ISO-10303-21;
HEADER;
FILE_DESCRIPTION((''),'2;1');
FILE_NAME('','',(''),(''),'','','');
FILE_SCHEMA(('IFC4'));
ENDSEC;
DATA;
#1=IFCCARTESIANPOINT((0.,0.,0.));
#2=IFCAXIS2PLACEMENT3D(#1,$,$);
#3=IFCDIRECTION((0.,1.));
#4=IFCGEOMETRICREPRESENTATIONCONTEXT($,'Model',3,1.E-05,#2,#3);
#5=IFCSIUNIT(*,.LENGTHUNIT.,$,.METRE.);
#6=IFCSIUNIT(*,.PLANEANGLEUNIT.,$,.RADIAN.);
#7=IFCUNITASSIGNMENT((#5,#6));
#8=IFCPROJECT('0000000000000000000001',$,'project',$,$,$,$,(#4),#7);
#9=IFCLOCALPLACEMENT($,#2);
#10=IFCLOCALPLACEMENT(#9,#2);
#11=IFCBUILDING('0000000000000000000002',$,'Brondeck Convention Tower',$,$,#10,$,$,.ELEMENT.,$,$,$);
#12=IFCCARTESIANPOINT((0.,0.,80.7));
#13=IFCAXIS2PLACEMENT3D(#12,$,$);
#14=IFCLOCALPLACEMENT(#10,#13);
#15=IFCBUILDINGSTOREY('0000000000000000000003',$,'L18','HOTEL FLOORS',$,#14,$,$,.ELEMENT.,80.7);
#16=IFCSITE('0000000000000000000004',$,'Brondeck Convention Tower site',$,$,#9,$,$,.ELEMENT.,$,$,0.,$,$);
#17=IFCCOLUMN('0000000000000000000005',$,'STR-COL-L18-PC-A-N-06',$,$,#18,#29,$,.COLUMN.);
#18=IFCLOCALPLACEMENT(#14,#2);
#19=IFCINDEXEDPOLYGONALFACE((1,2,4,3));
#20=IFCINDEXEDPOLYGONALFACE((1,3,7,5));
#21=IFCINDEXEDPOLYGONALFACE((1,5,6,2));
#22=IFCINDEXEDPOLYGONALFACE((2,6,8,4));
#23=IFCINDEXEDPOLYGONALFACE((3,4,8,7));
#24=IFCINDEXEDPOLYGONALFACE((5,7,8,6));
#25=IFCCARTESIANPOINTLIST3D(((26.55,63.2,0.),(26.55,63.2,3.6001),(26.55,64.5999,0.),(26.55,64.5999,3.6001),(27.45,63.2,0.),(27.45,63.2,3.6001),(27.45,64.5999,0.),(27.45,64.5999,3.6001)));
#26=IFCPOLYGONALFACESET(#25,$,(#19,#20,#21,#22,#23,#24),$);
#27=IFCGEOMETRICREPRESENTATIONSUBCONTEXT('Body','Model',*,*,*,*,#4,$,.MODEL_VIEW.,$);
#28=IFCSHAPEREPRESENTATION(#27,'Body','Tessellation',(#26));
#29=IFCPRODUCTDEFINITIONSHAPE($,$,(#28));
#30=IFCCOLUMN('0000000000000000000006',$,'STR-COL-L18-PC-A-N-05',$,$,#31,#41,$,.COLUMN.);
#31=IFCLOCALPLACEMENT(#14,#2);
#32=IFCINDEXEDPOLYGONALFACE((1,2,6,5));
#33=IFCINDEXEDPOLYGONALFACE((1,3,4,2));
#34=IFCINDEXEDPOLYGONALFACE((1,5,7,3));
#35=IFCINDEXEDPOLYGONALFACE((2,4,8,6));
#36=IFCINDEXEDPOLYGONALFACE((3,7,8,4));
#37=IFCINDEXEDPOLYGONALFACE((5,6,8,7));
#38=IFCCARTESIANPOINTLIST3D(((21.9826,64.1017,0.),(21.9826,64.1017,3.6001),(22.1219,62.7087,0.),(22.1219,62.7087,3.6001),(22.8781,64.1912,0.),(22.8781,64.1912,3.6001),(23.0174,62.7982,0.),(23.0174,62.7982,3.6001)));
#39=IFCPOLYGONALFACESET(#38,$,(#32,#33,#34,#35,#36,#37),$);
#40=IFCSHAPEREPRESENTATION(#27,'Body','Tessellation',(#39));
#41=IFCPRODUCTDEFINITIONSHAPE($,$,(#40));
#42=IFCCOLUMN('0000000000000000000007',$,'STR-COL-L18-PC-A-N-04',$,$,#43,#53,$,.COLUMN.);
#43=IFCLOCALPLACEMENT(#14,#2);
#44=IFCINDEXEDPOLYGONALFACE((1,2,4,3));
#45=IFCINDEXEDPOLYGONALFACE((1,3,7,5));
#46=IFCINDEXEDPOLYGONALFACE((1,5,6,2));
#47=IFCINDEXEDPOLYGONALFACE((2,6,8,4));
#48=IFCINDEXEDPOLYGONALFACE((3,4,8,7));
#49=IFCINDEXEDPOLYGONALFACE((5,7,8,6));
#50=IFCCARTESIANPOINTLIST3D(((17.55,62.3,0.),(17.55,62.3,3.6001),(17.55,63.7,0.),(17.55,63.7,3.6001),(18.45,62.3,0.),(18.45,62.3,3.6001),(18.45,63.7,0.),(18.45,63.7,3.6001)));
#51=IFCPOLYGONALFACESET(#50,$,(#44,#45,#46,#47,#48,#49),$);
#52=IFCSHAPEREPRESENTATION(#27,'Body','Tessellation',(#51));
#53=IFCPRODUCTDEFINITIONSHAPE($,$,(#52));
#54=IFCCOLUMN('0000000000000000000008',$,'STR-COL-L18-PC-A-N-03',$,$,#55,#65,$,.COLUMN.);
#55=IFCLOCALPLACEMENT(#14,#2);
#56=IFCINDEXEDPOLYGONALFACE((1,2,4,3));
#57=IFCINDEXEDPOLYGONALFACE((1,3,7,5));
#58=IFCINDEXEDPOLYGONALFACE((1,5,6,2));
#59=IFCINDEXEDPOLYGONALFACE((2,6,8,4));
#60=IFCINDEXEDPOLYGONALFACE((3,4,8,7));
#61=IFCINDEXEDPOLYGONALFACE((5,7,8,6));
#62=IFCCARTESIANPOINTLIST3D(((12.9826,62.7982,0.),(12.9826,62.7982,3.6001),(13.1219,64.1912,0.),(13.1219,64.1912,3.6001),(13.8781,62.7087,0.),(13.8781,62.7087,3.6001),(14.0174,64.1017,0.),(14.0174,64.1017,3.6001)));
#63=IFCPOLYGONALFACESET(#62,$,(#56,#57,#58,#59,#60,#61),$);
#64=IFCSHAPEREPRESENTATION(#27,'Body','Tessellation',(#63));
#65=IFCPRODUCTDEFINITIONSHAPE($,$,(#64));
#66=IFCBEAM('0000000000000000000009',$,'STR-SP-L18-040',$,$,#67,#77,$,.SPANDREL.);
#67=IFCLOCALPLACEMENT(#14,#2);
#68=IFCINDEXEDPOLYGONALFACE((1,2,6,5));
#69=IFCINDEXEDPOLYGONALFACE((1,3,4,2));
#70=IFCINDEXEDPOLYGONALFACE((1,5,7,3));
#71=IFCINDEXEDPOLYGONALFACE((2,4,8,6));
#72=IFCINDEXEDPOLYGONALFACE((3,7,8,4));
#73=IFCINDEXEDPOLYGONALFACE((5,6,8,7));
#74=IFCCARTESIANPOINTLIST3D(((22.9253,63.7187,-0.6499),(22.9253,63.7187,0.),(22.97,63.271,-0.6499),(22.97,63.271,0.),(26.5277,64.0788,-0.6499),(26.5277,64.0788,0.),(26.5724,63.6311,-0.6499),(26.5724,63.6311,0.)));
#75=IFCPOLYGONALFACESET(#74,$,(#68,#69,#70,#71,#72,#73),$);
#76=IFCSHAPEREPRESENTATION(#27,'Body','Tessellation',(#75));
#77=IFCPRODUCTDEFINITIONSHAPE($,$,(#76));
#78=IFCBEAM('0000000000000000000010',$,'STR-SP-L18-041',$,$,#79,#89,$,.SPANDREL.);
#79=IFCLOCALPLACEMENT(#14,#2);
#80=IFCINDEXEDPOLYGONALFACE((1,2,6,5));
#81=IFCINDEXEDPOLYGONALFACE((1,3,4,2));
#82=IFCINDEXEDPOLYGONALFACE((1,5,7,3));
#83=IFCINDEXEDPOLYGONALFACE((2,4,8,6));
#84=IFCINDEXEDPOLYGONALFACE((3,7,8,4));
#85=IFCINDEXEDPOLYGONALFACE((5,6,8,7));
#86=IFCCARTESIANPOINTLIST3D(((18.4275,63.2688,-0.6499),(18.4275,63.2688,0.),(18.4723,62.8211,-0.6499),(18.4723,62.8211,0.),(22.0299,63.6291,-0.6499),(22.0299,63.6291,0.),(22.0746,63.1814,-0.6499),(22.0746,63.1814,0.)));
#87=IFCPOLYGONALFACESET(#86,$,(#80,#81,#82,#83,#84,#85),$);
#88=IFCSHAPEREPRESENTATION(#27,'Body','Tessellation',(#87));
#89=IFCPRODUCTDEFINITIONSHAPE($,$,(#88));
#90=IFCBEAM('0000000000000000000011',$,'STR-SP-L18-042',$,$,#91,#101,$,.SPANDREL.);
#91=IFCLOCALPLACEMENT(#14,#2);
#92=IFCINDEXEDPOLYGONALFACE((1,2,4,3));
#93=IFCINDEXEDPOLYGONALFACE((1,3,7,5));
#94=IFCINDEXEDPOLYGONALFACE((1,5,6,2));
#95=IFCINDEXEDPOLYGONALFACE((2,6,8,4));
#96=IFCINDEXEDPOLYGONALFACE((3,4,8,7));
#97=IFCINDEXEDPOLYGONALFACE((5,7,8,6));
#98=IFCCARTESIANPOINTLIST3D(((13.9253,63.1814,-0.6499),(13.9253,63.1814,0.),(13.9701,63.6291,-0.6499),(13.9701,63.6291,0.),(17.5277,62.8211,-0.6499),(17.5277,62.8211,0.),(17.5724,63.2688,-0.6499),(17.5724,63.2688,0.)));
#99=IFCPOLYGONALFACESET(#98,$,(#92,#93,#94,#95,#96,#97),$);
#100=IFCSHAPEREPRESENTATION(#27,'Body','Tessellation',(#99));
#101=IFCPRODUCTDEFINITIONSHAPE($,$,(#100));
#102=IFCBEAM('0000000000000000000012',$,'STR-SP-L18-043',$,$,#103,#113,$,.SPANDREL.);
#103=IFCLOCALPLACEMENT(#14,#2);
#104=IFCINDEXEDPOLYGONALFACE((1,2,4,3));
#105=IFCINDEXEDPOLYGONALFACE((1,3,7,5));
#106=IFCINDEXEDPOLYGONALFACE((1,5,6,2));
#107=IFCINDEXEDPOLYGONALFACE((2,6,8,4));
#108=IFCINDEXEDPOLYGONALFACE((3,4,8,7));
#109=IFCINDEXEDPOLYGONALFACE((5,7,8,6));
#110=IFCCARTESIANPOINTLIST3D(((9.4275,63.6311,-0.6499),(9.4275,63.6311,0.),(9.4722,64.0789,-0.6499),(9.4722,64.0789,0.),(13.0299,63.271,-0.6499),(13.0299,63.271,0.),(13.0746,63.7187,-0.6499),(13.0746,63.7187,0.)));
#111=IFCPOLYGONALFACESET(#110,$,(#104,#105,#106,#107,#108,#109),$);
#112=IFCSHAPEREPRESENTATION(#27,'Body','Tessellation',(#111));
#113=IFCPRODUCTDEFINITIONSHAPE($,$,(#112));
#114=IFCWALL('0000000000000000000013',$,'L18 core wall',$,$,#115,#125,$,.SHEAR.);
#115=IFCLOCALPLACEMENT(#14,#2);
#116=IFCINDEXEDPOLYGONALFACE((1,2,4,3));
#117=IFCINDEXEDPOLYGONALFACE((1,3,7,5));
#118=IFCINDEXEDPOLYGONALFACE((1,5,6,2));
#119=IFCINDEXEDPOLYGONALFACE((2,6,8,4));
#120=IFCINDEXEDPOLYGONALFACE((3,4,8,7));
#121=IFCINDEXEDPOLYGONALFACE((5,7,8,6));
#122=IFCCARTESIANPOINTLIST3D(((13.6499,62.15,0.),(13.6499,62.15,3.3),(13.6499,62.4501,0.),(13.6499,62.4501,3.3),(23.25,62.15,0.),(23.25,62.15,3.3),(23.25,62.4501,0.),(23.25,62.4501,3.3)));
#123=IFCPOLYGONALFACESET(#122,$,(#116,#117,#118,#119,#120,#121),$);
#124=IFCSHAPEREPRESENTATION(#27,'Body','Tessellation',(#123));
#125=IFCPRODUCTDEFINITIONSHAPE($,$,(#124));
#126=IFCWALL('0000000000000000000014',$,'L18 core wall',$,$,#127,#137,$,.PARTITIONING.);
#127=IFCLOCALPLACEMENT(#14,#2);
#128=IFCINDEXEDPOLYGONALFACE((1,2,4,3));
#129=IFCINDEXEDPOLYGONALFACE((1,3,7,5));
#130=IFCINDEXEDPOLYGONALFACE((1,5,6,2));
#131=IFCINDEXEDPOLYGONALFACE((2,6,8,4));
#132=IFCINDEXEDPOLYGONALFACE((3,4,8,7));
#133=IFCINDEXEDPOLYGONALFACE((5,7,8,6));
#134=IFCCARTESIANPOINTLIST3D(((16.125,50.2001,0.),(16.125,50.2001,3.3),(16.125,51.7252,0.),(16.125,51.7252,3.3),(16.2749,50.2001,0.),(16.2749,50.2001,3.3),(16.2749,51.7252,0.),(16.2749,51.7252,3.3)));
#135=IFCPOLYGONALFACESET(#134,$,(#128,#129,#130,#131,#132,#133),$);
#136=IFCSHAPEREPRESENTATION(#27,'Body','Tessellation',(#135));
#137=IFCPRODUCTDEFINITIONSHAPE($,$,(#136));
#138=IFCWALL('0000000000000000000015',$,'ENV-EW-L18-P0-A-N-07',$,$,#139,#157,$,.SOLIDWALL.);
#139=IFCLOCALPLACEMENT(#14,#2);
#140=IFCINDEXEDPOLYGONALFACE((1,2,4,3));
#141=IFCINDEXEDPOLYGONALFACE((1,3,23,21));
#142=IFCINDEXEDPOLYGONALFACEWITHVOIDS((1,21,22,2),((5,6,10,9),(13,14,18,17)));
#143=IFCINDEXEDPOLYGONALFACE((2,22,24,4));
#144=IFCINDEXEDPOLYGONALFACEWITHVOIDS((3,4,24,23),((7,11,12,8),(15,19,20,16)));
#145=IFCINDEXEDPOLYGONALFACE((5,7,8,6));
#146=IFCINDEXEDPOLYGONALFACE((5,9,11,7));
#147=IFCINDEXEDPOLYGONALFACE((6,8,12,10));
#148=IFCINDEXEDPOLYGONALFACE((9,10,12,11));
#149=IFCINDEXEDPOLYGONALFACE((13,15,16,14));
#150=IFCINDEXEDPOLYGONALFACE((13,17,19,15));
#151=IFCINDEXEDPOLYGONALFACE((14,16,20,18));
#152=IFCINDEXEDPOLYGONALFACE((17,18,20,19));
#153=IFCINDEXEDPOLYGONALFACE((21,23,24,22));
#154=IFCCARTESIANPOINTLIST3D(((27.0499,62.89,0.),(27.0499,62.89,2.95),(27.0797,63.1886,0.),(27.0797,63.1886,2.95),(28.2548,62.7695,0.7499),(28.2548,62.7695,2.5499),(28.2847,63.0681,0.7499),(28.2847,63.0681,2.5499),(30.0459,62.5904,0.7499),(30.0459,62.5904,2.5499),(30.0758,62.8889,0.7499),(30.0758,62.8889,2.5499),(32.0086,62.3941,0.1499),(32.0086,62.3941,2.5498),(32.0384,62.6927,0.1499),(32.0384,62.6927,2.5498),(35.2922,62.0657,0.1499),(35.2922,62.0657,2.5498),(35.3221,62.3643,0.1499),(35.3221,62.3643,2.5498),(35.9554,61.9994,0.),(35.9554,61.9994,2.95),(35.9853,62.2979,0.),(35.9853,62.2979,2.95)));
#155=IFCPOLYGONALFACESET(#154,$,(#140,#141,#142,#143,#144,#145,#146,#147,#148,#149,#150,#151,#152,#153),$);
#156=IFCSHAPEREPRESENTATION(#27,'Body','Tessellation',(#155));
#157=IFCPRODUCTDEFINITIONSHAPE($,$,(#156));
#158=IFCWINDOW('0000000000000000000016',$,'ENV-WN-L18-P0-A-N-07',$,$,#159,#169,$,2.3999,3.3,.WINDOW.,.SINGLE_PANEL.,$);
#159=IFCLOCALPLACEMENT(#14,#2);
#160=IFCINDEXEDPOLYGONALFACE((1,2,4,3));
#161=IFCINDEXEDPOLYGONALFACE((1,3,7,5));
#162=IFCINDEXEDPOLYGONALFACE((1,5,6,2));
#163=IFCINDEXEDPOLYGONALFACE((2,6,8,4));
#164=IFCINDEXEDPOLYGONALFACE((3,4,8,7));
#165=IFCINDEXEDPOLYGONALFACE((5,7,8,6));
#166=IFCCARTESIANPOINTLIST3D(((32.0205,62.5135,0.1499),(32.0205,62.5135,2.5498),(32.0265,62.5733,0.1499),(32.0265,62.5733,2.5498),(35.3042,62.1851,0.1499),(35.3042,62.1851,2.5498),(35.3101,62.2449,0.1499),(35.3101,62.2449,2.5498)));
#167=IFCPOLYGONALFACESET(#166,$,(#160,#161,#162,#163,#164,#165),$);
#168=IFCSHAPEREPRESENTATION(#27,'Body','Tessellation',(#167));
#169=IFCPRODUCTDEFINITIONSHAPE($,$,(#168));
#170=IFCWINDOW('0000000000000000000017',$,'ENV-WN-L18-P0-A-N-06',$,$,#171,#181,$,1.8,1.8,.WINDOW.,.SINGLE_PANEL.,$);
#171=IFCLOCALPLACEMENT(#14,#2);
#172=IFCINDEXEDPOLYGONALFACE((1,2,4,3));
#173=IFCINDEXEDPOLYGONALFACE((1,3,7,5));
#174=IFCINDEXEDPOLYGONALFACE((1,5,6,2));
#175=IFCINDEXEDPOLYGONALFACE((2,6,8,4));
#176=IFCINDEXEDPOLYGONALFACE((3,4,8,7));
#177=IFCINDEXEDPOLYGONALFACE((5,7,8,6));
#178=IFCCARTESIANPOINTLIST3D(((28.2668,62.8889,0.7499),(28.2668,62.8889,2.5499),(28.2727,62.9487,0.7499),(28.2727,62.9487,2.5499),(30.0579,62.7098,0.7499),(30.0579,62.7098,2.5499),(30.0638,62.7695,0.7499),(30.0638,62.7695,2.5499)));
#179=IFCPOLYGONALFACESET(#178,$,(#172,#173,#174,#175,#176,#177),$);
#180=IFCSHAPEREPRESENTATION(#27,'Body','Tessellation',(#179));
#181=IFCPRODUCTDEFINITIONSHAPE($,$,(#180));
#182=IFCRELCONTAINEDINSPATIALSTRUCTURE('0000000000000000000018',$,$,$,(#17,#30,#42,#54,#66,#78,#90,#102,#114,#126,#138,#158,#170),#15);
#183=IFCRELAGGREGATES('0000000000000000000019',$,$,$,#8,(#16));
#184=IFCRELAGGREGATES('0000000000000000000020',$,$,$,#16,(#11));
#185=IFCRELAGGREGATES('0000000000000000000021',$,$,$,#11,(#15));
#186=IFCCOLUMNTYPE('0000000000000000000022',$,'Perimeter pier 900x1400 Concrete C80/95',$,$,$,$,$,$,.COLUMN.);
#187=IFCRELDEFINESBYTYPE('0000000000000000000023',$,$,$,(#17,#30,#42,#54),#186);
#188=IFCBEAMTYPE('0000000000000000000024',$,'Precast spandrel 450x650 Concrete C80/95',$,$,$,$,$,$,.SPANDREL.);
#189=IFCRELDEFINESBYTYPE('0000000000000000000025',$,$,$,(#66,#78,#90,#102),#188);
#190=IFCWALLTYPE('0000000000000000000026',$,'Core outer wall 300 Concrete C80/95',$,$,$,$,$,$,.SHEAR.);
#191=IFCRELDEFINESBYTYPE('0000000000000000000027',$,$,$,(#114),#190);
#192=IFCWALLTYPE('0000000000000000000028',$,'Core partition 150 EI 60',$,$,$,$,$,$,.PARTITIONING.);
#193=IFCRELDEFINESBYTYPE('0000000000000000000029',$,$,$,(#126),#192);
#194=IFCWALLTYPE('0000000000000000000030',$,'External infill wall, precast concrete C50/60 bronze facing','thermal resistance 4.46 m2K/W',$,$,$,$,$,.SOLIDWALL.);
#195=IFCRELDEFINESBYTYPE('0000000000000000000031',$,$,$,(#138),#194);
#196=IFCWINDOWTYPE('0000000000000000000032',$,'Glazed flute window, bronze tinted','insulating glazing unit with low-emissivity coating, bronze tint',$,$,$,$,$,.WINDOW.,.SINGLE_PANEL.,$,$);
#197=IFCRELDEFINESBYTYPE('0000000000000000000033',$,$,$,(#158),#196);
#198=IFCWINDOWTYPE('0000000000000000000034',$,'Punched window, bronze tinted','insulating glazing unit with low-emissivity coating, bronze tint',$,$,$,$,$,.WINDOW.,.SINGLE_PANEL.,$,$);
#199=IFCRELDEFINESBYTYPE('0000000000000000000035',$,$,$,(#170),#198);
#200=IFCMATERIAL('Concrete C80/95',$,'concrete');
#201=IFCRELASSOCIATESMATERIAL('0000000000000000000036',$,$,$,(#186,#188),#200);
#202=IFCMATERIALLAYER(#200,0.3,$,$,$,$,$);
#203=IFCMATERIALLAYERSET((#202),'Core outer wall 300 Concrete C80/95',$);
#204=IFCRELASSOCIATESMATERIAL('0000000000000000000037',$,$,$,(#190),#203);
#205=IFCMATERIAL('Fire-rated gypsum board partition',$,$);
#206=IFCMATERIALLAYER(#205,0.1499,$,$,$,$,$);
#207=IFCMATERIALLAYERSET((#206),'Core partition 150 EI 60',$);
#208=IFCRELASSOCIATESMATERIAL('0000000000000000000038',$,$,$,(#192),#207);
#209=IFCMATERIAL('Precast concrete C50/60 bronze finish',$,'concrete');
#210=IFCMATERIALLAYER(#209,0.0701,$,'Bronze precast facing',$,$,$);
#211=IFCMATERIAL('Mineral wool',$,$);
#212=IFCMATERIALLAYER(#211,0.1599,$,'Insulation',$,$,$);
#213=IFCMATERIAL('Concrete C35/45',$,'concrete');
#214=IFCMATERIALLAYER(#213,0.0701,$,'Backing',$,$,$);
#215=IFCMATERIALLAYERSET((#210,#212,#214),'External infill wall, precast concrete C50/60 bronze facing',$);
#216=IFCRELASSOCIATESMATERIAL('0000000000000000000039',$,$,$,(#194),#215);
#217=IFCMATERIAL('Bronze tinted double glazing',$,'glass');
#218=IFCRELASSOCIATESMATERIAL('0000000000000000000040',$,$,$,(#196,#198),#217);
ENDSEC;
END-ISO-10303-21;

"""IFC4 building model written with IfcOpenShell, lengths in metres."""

from ifc_helpers import new_model, si_unit, direction, frame, frame_2d, origin, origin_2d, place, context, subcontext, project, spatial, rectangle, extrude, material, layer, layer_set, material_profile, profile_set, type_object, element, fill, save


model = new_model("IFC4")

# Units and contexts
model_context = context("Model", 3, precision=1e-05, world=origin(), true_north=direction((0.0, 1.0)))
body_context = subcontext(model_context, "Body", "Model", "MODEL_VIEW")
ifc_project = project(units=[si_unit("LENGTHUNIT", "METRE"), si_unit("PLANEANGLEUNIT", "RADIAN")], contexts=[model_context])

# Site, building, storey
site_placement = place(None, origin())
site = spatial("IfcSite", under=ifc_project, at=site_placement, Name="Brondeck Convention Tower site", CompositionType="ELEMENT", RefElevation=0.0)
building_placement = place(site_placement, origin())
building = spatial("IfcBuilding", under=site, at=building_placement, Name="Brondeck Convention Tower", CompositionType="ELEMENT")
storey_placement = place(building_placement, frame((0.0, 0.0, 80.7)))
storey = spatial("IfcBuildingStorey", under=building, at=storey_placement, Name="L18", Description="HOTEL FLOORS", CompositionType="ELEMENT", Elevation=80.7)

# Columns
ifc_material_1 = material(Name="Concrete C80/95", Category="concrete")
ifc_material_profile_1 = material_profile(ifc_material_1, rectangle(XDim=0.8999, YDim=1.3999, at=origin_2d()), Name="Perimeter pier 900x1400 Concrete C80/95")
ifc_profile_set_1 = profile_set([ifc_material_profile_1], Name="Concrete C80/95")
column_type = type_object("IfcColumnType", Name="Perimeter pier 900x1400 Concrete C80/95", PredefinedType="COLUMN", material=ifc_profile_set_1)
for number, where, z_axis, x_axis, name in (
    (1, (27.0, 63.8999, 0.0), (0.0, 0.0, 1.0), (-1.0, 0.0, 0.0), "STR-COL-L18-PC-A-N-06"),
    (2, (22.5, 63.45, 0.0), (0.0, 0.0, 1.0), (-0.995037, -0.099504, 0.0), "STR-COL-L18-PC-A-N-05"),
    (3, (18.0, 63.0, 0.0), (0.0, 0.0, 1.0), (-1.0, 0.0, 0.0), "STR-COL-L18-PC-A-N-04"),
    (4, (13.5, 63.45, 0.0), (0.0, 0.0, 1.0), (-0.995037, 0.099504, 0.0), "STR-COL-L18-PC-A-N-03"),
):
    element("IfcColumn", number, at=place(storey_placement, frame(where, z_axis=z_axis, x_axis=x_axis)), inside=storey, type_object=column_type, Name=name, PredefinedType="COLUMN", context=body_context, shape_type="SweptSolid", body=[
        extrude(rectangle(XDim=0.8999, YDim=1.3999, at=origin_2d()), origin(), (0.0, 0.0, 1.0), 3.6001),
    ])

# Beams
ifc_material_profile_2 = material_profile(ifc_material_1, rectangle(XDim=0.45, YDim=0.6499, at=origin_2d()), Name="Precast spandrel 450x650 Concrete C80/95")
ifc_profile_set_2 = profile_set([ifc_material_profile_2], Name="Concrete C80/95")
beam_type = type_object("IfcBeamType", Name="Precast spandrel 450x650 Concrete C80/95", PredefinedType="SPANDREL", material=ifc_profile_set_2)
for number, where, z_axis, x_axis, name in (
    (5, (26.55, 63.855, -0.325), (-0.995041, -0.09947, 0.0), (0.09947, -0.995041, 0.0), "STR-SP-L18-040"),
    (6, (22.0522, 63.4053, -0.325), (-0.995034, -0.099537, 0.0), (0.099537, -0.995034, 0.0), "STR-SP-L18-041"),
    (7, (17.55, 63.0449, -0.325), (-0.995034, 0.099537, 0.0), (-0.099537, -0.995034, 0.0), "STR-SP-L18-042"),
    (8, (13.0522, 63.4949, -0.325), (-0.995041, 0.09947, 0.0), (-0.09947, -0.995041, 0.0), "STR-SP-L18-043"),
):
    element("IfcBeam", number, at=place(storey_placement, frame(where, z_axis=z_axis, x_axis=x_axis)), inside=storey, type_object=beam_type, Name=name, PredefinedType="SPANDREL", context=body_context, shape_type="SweptSolid", body=[
        extrude(rectangle(XDim=0.45, YDim=0.6499, at=origin_2d()), origin(), (0.0, 0.0, 1.0), 3.6204),
    ])

# Walls
ifc_layer_1 = layer(ifc_material_1, 0.3)
ifc_layer_set_1 = layer_set([ifc_layer_1], Name="Core outer wall 300 Concrete C80/95")
wall_type_1 = type_object("IfcWallType", Name="Core outer wall 300 Concrete C80/95", PredefinedType="SHEAR", material=ifc_layer_set_1)
wall_1_placement = place(storey_placement, frame((13.6499, 62.3, 0.0), z_axis=(0.0, 0.0, 1.0), x_axis=(1.0, 0.0, 0.0)))
element("IfcWall", 9, at=wall_1_placement, inside=storey, type_object=wall_type_1, Name="L18 core wall", PredefinedType="SHEAR", context=body_context, shape_type="SweptSolid", body=[
    extrude(rectangle(XDim=9.6001, YDim=0.3, at=frame_2d((4.8, 0.0))), origin(), (0.0, 0.0, 1.0), 3.3),
])
ifc_material_2 = material(Name="Fire-rated gypsum board partition")
ifc_layer_2 = layer(ifc_material_2, 0.1499)
ifc_layer_set_2 = layer_set([ifc_layer_2], Name="Core partition 150 EI 60")
wall_type_2 = type_object("IfcWallType", Name="Core partition 150 EI 60", PredefinedType="PARTITIONING", material=ifc_layer_set_2)
wall_2_placement = place(storey_placement, frame((16.2, 50.2, 0.0), z_axis=(0.0, 0.0, 1.0), x_axis=(0.0, 1.0, 0.0)))
element("IfcWall", 10, at=wall_2_placement, inside=storey, type_object=wall_type_2, Name="L18 core wall", PredefinedType="PARTITIONING", context=body_context, shape_type="SweptSolid", body=[
    extrude(rectangle(XDim=1.5251, YDim=0.1499, at=frame_2d((0.7627, 0.0))), origin(), (0.0, 0.0, 1.0), 3.3),
])

# Wall, openings, windows
ifc_material_3 = material(Name="Precast concrete C50/60 bronze finish", Category="concrete")
ifc_layer_3 = layer(ifc_material_3, 0.0701, Name="Bronze precast facing")
ifc_material_4 = material(Name="Mineral wool")
ifc_layer_4 = layer(ifc_material_4, 0.1599, Name="Insulation")
ifc_material_5 = material(Name="Concrete C35/45", Category="concrete")
ifc_layer_5 = layer(ifc_material_5, 0.0701, Name="Backing")
ifc_layer_set_3 = layer_set([ifc_layer_3, ifc_layer_4, ifc_layer_5], Name="External infill wall, precast concrete C50/60 bronze facing")
wall_type_3 = type_object("IfcWallType", Name="External infill wall, precast concrete C50/60 bronze facing", Description="thermal resistance 4.46 m2K/W", PredefinedType="SOLIDWALL", material=ifc_layer_set_3)
wall_3_placement = place(storey_placement, frame((27.0647, 63.0393, 0.0), z_axis=(0.0, 0.0, 1.0), x_axis=(0.995036, -0.099512, 0.0)))
wall_3 = element("IfcWall", 11, at=wall_3_placement, inside=storey, type_object=wall_type_3, Name="ENV-EW-L18-P0-A-N-07", PredefinedType="SOLIDWALL", context=body_context, shape_type="SweptSolid", body=[
    extrude(rectangle(XDim=8.95, YDim=0.3, at=frame_2d((4.4751, 0.0))), origin(), (0.0, 0.0, 1.0), 2.95),
])
opening_1_placement = place(wall_3_placement, frame((1.2112, 0.0, 0.75)))
opening_1 = element("IfcOpeningElement", 12, at=opening_1_placement, cuts=wall_3, PredefinedType="OPENING", context=body_context, shape_type="SweptSolid", body=[
    extrude(rectangle(XDim=1.8, YDim=1.8, at=frame_2d((0.8999, 0.8999))), frame((0.0, 0.1599, 0.0), z_axis=(0.0, -1.0, 0.0), x_axis=(1.0, 0.0, 0.0)), (0.0, 0.0, 1.0), 0.3201),
])
opening_2_placement = place(wall_3_placement, frame((4.9836, 0.0, 0.1499)))
opening_2 = element("IfcOpeningElement", 13, at=opening_2_placement, cuts=wall_3, PredefinedType="OPENING", context=body_context, shape_type="SweptSolid", body=[
    extrude(rectangle(XDim=3.3, YDim=2.3999, at=frame_2d((1.6499, 1.2))), frame((0.0, 0.1599, 0.0), z_axis=(0.0, -1.0, 0.0), x_axis=(1.0, 0.0, 0.0)), (0.0, 0.0, 1.0), 0.3201),
])
ifc_material_6 = material(Name="Bronze tinted double glazing", Category="glass")
window_type_1 = type_object("IfcWindowType", Name="Glazed flute window, bronze tinted", Description="insulating glazing unit with low-emissivity coating, bronze tint", PartitioningType="SINGLE_PANEL", PredefinedType="WINDOW", material=ifc_material_6)
window_1_placement = place(opening_2_placement, origin())
window_1 = element("IfcWindow", 14, at=window_1_placement, inside=storey, type_object=window_type_1, Name="ENV-WN-L18-P0-A-N-07", OverallHeight=2.3999, OverallWidth=3.3, PartitioningType="SINGLE_PANEL", PredefinedType="WINDOW", context=body_context, shape_type="SweptSolid", body=[
    extrude(rectangle(XDim=3.3, YDim=2.3999, at=frame_2d((1.6499, 1.2))), frame((0.0, 0.03, 0.0), z_axis=(0.0, -1.0, 0.0), x_axis=(1.0, 0.0, 0.0)), (0.0, 0.0, 1.0), 0.0601),
])
fill(opening_2, window_1)
window_type_2 = type_object("IfcWindowType", Name="Punched window, bronze tinted", Description="insulating glazing unit with low-emissivity coating, bronze tint", PartitioningType="SINGLE_PANEL", PredefinedType="WINDOW", material=ifc_material_6)
window_2_placement = place(opening_1_placement, origin())
window_2 = element("IfcWindow", 15, at=window_2_placement, inside=storey, type_object=window_type_2, Name="ENV-WN-L18-P0-A-N-06", OverallHeight=1.8, OverallWidth=1.8, PartitioningType="SINGLE_PANEL", PredefinedType="WINDOW", context=body_context, shape_type="SweptSolid", body=[
    extrude(rectangle(XDim=1.8, YDim=1.8, at=frame_2d((0.8999, 0.8999))), frame((0.0, 0.03, 0.0), z_axis=(0.0, -1.0, 0.0), x_axis=(1.0, 0.0, 0.0)), (0.0, 0.0, 1.0), 0.0601),
])
fill(opening_1, window_2)

save(model, "model.ifc")
